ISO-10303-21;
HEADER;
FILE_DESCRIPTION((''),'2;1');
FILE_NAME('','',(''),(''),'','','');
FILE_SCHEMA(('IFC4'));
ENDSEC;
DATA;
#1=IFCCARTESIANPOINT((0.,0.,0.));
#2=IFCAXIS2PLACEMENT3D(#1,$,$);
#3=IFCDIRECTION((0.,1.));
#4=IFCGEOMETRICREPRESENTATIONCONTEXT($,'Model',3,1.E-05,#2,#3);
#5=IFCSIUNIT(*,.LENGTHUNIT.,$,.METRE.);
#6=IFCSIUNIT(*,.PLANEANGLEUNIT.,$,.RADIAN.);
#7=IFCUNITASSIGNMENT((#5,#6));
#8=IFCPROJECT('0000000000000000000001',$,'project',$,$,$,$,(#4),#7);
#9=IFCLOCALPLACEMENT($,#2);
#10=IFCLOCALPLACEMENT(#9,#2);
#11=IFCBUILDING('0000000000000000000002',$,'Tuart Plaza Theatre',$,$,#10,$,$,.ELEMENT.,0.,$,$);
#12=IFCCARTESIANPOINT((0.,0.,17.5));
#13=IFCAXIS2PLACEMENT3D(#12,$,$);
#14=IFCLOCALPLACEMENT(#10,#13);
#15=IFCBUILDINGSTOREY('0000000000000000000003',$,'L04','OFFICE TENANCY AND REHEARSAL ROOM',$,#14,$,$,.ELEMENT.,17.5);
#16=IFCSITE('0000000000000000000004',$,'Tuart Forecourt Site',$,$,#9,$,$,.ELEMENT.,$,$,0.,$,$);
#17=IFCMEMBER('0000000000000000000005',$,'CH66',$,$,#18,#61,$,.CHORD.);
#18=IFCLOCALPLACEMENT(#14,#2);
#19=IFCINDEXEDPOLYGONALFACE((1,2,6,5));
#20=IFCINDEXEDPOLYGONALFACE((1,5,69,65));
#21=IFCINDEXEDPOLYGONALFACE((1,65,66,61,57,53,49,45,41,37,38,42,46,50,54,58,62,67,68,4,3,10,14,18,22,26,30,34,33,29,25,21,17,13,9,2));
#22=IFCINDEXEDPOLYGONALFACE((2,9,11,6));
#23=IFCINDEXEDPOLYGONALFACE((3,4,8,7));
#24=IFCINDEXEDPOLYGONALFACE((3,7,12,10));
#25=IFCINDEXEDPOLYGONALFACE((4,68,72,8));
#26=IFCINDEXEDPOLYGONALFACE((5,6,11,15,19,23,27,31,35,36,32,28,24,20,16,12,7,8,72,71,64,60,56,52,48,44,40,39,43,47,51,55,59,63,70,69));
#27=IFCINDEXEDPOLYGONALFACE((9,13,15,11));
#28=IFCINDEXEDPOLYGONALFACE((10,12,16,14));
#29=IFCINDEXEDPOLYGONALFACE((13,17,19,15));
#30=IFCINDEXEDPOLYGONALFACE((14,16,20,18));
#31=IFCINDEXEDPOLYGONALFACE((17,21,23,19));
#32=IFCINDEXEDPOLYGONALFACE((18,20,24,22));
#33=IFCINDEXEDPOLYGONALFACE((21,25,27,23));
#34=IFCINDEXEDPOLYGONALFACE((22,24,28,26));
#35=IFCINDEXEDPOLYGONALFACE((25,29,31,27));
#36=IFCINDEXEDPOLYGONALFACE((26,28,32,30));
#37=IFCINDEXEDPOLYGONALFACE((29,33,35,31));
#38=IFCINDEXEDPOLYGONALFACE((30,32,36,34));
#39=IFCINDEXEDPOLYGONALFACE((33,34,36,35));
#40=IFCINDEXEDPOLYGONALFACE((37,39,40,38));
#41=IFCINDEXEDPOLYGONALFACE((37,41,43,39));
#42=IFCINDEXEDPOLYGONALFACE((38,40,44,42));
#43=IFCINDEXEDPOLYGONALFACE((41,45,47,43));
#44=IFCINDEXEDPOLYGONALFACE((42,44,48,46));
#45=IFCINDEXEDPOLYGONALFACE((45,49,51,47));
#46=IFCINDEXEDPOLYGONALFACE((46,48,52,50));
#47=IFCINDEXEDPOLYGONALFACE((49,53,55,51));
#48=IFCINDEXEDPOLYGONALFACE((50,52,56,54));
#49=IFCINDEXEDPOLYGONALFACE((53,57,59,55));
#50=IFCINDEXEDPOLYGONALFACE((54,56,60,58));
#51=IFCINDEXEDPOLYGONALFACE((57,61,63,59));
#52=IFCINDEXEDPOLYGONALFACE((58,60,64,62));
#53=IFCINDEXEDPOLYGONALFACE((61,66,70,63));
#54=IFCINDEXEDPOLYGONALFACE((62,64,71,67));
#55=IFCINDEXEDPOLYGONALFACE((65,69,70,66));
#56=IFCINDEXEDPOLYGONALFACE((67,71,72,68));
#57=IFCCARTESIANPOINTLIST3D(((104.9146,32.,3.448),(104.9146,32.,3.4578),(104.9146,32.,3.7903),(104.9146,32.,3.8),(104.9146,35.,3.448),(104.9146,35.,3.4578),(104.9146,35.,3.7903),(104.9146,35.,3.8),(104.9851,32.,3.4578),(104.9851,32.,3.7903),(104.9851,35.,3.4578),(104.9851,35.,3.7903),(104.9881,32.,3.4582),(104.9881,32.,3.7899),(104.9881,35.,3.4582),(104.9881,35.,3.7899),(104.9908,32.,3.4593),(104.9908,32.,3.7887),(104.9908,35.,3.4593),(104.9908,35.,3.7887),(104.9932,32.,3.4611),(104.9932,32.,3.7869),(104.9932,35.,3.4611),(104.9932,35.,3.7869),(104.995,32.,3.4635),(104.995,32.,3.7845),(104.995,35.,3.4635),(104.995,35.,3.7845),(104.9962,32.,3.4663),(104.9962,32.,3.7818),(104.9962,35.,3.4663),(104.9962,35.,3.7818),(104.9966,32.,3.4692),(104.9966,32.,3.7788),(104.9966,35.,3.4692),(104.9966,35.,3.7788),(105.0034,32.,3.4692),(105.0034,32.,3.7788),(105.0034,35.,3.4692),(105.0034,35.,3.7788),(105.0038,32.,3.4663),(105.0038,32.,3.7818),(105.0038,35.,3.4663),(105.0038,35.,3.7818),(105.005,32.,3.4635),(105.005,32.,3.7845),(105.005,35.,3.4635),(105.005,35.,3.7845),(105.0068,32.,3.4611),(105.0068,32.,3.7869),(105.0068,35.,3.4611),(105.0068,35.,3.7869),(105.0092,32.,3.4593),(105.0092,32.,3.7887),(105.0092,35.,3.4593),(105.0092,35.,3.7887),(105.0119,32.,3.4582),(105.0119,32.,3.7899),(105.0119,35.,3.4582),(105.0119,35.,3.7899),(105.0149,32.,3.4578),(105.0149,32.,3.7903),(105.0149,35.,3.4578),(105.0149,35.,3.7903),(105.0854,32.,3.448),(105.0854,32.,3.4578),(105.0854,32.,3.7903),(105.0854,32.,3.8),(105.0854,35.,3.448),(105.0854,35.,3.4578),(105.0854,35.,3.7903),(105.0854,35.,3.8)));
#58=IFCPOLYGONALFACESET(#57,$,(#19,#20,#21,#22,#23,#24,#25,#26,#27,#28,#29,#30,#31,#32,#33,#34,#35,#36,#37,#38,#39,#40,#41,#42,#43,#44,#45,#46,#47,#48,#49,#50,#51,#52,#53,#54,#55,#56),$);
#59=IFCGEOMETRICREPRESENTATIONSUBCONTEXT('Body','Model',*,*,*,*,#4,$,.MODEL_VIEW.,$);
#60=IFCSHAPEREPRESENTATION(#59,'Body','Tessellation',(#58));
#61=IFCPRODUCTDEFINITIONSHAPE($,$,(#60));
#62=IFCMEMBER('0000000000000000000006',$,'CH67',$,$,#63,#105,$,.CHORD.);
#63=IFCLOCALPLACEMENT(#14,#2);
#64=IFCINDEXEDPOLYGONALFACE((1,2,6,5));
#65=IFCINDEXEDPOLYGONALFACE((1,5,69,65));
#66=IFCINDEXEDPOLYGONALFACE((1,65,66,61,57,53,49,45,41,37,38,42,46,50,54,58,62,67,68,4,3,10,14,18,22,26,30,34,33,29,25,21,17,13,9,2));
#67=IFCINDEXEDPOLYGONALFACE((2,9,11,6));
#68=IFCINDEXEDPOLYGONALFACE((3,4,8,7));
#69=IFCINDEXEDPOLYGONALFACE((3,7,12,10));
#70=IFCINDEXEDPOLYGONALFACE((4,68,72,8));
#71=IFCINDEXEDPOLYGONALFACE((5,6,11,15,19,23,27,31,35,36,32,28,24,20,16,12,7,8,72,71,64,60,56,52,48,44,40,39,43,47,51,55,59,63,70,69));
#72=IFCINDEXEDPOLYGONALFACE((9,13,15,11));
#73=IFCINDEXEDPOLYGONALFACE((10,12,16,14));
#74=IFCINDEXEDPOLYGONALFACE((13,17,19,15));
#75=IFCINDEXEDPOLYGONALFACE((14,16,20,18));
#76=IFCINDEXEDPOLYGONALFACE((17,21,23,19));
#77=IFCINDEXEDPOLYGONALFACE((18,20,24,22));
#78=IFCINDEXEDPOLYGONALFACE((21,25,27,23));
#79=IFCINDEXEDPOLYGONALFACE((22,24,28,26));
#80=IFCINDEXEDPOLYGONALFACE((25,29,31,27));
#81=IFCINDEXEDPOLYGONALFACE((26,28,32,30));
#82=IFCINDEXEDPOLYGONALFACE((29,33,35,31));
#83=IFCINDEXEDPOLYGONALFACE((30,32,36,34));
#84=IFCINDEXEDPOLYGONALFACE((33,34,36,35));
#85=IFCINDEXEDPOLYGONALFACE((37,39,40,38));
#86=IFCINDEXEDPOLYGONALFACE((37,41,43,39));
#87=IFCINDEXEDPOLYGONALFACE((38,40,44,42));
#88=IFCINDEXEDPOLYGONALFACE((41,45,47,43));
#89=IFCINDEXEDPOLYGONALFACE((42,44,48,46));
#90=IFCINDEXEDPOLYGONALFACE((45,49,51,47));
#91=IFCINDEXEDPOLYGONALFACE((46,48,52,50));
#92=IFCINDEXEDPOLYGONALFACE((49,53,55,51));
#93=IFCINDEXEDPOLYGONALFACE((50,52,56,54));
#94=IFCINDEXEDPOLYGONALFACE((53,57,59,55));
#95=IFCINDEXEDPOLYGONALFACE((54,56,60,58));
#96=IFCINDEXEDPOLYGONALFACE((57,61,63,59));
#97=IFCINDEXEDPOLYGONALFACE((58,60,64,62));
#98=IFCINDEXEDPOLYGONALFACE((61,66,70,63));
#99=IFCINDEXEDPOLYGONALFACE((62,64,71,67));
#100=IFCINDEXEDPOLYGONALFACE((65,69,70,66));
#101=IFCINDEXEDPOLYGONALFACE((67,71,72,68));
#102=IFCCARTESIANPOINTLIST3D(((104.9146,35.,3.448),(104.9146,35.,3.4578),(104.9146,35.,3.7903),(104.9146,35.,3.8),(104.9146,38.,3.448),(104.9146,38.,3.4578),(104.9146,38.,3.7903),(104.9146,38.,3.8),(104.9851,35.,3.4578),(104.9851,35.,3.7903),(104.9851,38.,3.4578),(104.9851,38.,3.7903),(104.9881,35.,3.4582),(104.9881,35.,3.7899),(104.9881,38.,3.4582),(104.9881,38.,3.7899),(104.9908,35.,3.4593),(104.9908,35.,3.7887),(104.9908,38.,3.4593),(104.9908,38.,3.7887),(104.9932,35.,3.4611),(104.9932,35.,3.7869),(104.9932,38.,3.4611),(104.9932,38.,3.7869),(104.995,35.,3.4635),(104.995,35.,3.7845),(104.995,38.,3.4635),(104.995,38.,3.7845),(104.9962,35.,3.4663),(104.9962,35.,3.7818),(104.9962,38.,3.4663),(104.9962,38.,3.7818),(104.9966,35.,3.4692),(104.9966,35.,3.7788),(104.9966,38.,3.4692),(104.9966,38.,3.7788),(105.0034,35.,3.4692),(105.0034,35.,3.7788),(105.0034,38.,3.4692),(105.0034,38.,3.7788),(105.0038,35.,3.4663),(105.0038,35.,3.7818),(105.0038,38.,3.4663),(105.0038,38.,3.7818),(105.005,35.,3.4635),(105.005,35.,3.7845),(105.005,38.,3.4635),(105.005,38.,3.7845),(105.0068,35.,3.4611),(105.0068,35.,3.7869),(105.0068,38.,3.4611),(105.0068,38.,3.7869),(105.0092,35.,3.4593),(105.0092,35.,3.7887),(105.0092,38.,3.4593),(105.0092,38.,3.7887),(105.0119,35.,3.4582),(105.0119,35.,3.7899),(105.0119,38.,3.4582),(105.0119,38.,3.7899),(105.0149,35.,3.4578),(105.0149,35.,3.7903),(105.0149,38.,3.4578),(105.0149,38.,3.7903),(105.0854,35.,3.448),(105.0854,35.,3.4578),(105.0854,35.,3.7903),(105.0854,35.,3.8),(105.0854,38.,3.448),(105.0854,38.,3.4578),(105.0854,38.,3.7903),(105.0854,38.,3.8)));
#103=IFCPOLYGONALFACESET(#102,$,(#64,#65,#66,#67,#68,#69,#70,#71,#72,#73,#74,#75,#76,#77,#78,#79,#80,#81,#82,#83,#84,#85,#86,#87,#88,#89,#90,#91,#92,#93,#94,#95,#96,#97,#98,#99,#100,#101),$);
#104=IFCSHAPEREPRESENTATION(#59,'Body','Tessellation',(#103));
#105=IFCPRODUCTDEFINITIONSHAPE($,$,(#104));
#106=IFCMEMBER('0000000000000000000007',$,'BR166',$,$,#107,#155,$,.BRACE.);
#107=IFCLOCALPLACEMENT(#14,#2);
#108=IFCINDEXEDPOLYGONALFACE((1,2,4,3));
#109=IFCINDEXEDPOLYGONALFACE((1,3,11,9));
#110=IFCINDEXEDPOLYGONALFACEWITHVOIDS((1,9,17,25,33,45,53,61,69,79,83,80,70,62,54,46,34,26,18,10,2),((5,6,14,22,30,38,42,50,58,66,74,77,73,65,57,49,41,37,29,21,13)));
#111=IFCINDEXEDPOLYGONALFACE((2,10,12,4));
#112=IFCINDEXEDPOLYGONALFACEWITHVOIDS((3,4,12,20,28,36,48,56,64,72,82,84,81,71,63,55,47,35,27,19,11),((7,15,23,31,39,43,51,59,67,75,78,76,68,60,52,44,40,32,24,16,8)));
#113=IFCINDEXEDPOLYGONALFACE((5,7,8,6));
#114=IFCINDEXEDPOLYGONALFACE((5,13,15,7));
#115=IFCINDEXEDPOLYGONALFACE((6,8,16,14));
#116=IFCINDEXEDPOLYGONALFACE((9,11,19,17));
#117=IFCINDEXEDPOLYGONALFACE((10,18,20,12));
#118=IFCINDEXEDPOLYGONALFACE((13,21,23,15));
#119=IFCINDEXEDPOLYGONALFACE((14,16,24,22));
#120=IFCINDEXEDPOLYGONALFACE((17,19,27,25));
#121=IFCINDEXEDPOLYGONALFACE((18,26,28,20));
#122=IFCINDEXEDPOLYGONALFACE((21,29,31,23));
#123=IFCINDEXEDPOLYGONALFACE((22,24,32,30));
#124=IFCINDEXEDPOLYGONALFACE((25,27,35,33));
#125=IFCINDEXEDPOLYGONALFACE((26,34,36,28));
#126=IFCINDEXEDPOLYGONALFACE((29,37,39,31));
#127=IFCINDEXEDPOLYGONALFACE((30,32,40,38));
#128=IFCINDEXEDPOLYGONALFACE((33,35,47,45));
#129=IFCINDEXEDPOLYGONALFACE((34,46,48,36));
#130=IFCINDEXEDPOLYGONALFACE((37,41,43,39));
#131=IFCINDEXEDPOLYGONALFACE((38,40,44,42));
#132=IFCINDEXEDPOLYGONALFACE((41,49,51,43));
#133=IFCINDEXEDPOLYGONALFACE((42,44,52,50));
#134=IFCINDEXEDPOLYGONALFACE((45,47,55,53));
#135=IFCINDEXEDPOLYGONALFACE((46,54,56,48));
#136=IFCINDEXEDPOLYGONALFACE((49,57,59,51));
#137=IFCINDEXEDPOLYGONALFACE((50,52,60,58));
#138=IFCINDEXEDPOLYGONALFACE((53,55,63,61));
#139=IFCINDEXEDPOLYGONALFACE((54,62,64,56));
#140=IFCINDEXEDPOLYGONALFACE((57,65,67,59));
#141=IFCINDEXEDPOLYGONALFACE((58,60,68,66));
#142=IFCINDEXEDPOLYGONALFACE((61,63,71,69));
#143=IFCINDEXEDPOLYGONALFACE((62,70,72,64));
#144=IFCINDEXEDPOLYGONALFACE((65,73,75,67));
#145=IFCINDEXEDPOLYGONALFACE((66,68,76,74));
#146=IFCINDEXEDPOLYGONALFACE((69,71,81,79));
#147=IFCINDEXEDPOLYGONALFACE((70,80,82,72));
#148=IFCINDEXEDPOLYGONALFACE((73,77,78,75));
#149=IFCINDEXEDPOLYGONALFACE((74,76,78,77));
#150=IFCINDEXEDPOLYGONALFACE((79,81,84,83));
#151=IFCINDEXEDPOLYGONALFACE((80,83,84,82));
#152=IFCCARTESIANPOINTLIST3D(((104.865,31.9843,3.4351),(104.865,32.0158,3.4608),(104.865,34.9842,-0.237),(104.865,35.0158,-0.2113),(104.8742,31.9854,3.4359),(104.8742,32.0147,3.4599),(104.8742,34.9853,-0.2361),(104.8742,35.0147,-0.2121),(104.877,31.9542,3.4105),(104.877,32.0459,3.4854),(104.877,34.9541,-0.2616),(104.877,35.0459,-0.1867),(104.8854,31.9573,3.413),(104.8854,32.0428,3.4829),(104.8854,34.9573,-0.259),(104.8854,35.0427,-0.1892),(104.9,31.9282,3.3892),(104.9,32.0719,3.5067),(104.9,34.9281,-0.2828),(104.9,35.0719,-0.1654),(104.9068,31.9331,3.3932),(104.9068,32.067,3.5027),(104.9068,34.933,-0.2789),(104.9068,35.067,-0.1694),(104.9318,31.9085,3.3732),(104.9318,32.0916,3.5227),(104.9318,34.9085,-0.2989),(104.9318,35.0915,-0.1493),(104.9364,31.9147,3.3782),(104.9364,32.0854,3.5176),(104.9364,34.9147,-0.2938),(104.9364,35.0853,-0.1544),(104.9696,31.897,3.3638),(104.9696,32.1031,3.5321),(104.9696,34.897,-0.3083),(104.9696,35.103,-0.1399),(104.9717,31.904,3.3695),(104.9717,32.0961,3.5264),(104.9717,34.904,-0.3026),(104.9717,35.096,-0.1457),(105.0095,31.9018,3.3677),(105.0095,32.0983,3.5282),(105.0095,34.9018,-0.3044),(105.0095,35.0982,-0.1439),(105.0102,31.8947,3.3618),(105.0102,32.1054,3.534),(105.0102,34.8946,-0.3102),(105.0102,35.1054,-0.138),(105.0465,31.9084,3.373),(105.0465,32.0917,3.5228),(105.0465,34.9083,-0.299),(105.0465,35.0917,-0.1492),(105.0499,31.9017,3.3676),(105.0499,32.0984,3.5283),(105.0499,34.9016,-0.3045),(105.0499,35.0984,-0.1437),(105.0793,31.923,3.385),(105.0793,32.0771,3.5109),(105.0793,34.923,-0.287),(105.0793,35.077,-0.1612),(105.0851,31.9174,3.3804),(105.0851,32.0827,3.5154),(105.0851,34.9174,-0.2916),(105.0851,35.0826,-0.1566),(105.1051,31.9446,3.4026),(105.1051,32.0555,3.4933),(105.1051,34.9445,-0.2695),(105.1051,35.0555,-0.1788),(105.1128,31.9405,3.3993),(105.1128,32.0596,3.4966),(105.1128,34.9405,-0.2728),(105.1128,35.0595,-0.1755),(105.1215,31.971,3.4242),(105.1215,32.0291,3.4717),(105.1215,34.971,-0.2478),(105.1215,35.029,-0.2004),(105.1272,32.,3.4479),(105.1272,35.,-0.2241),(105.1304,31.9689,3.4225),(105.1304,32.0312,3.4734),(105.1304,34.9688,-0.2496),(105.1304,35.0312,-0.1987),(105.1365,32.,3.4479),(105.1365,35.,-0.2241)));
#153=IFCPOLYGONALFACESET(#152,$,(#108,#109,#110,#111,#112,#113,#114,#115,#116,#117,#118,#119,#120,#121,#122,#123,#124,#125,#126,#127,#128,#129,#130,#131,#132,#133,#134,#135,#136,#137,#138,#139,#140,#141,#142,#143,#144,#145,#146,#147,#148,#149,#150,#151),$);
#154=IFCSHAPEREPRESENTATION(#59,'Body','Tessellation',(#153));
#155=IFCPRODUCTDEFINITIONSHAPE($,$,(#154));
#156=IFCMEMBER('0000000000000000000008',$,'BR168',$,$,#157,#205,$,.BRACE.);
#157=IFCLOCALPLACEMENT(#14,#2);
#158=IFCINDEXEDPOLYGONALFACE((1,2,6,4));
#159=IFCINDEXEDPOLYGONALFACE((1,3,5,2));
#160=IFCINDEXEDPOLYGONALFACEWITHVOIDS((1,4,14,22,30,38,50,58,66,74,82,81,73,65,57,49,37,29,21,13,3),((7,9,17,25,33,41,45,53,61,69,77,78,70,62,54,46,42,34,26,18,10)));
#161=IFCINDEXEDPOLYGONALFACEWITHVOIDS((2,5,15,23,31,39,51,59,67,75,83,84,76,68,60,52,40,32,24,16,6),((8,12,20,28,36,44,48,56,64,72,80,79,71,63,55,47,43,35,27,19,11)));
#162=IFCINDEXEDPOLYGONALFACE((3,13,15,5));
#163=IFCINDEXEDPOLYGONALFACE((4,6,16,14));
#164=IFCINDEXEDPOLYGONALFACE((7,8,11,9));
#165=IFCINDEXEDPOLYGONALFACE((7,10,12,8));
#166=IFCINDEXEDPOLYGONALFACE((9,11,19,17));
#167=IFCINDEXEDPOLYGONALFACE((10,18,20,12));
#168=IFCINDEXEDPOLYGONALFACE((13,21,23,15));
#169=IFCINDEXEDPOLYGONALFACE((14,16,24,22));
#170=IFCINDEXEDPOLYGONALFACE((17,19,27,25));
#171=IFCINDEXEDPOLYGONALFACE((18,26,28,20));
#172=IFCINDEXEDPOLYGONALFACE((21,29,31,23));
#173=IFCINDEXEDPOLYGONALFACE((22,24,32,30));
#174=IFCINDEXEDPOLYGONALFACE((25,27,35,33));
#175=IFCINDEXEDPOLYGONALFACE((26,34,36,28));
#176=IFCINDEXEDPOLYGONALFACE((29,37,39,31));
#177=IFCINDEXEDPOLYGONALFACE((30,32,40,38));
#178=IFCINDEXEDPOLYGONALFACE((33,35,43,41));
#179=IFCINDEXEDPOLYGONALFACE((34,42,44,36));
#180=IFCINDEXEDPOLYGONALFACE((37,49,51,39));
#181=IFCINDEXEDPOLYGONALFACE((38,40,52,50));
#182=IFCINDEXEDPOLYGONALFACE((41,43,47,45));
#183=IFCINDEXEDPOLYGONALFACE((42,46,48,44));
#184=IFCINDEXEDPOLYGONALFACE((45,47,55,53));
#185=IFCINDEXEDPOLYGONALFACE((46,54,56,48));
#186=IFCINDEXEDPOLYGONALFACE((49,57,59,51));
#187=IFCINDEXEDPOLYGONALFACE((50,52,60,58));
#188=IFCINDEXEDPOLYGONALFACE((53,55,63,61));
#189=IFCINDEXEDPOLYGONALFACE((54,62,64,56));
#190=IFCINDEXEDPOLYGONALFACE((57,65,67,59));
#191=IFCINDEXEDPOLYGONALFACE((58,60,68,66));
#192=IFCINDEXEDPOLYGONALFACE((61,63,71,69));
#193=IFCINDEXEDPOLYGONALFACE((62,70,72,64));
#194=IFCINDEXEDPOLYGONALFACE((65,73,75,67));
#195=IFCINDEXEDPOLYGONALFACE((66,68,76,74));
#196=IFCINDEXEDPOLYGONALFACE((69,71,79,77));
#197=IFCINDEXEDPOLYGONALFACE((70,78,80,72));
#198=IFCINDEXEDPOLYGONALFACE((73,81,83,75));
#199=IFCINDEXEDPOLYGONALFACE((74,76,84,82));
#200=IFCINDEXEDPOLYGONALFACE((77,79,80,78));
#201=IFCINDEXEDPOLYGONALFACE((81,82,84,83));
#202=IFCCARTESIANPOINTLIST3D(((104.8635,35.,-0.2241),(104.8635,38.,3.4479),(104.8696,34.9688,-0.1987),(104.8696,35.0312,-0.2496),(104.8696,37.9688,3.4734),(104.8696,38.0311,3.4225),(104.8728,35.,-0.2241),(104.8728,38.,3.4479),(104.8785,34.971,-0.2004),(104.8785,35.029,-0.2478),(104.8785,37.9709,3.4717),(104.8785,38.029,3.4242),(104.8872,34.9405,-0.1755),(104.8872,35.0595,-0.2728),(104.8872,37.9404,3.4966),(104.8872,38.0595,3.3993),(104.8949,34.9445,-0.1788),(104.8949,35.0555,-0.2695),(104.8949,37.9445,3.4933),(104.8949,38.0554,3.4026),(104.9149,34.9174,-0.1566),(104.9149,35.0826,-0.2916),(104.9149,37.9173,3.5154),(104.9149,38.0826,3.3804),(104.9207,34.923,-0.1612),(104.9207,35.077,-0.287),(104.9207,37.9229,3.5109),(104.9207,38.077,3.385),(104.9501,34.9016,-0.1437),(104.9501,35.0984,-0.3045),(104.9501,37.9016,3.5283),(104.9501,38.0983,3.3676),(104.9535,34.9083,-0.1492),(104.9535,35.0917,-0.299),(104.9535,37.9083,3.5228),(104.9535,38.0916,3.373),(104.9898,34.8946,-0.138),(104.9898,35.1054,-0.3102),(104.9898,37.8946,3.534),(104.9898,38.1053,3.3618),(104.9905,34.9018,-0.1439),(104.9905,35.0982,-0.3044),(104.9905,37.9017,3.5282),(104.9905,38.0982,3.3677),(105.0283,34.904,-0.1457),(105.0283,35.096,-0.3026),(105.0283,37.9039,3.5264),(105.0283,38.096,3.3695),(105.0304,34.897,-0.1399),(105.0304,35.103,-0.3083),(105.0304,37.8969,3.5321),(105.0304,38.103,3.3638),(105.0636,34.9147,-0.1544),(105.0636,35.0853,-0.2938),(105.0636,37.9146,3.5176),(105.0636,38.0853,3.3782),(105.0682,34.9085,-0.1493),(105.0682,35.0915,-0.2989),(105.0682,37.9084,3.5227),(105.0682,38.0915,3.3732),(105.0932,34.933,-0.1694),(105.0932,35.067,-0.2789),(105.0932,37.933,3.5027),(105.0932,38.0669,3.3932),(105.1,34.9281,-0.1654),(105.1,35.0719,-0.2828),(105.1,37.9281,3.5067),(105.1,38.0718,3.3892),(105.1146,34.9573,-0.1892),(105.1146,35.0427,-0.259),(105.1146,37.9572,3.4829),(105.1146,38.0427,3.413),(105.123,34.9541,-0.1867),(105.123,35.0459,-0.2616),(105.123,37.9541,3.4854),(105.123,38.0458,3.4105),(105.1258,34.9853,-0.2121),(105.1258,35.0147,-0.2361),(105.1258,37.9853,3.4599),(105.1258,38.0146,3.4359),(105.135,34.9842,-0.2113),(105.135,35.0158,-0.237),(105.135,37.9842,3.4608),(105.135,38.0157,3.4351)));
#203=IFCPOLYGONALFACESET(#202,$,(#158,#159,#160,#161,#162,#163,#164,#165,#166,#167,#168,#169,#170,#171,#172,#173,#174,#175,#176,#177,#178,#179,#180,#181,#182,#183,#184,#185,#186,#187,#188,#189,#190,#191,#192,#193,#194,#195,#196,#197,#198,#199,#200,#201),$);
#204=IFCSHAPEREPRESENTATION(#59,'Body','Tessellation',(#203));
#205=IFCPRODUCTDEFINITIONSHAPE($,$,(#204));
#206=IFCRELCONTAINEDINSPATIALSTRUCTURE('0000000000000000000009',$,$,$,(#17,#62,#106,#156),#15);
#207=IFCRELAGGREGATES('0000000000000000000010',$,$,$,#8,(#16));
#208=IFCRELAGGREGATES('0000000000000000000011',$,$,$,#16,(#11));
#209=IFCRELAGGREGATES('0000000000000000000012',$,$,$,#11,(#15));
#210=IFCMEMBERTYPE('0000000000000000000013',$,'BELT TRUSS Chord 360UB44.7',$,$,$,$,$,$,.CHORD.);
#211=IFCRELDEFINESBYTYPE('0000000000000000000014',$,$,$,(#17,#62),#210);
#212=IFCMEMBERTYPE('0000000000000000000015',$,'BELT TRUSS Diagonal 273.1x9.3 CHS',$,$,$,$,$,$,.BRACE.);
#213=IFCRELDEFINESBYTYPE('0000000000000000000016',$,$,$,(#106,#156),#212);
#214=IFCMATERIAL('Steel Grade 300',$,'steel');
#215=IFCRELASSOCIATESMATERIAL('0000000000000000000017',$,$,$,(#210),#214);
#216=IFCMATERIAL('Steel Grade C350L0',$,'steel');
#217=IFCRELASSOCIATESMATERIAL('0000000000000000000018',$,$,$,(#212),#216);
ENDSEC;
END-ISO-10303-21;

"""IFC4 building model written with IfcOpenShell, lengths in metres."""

from ifc_helpers import new_model, si_unit, direction, frame, origin, origin_2d, place, context, subcontext, project, spatial, hollow_circle, i_section, extrude, material, material_profile, profile_set, type_object, element, save


model = new_model("IFC4")

# Units and contexts
model_context = context("Model", 3, precision=1e-05, world=origin(), true_north=direction((0.0, 1.0)))
body_context = subcontext(model_context, "Body", "Model", "MODEL_VIEW")
ifc_project = project(units=[si_unit("LENGTHUNIT", "METRE"), si_unit("PLANEANGLEUNIT", "RADIAN")], contexts=[model_context])

# Site, building, storey
site_placement = place(None, origin())
site = spatial("IfcSite", under=ifc_project, at=site_placement, Name="Tuart Forecourt Site", CompositionType="ELEMENT", RefElevation=0.0)
building_placement = place(site_placement, origin())
building = spatial("IfcBuilding", under=site, at=building_placement, Name="Tuart Plaza Theatre", CompositionType="ELEMENT", ElevationOfRefHeight=0.0)
storey_placement = place(building_placement, frame((0.0, 0.0, 17.5)))
storey = spatial("IfcBuildingStorey", under=building, at=storey_placement, Name="L04", Description="OFFICE TENANCY AND REHEARSAL ROOM", CompositionType="ELEMENT", Elevation=17.5)

# Members
ifc_material_1 = material(Name="Steel Grade 300", Category="steel")
ifc_material_profile_1 = material_profile(ifc_material_1, i_section(OverallWidth=0.1709, OverallDepth=0.3521, WebThickness=0.0068, FlangeThickness=0.0098, FilletRadius=0.0115, at=origin_2d()), Name="360UB44.7")
ifc_profile_set_1 = profile_set([ifc_material_profile_1], Name="Steel Grade 300")
member_type_1 = type_object("IfcMemberType", Name="BELT TRUSS Chord 360UB44.7", PredefinedType="CHORD", material=ifc_profile_set_1)
for number, where, z_axis, x_axis, name in (
    (1, (105.0, 32.0, 3.624), (0.0, 1.0, 0.0), (-1.0, 0.0, 0.0), "CH66"),
    (2, (105.0, 35.0, 3.624), (0.0, 1.0, 0.0), (-1.0, 0.0, 0.0), "CH67"),
):
    element("IfcMember", number, at=place(storey_placement, frame(where, z_axis=z_axis, x_axis=x_axis)), inside=storey, type_object=member_type_1, Name=name, PredefinedType="CHORD", context=body_context, shape_type="SweptSolid", body=[
        extrude(i_section(OverallWidth=0.1709, OverallDepth=0.3521, WebThickness=0.0068, FlangeThickness=0.0098, FilletRadius=0.0115, at=origin_2d()), origin(), (0.0, 0.0, 1.0), 3.0),
    ])
ifc_material_2 = material(Name="Steel Grade C350L0", Category="steel")
ifc_material_profile_2 = material_profile(ifc_material_2, hollow_circle(Radius=0.1365, WallThickness=0.0093, at=origin_2d()), Name="273.1x9.3 CHS")
ifc_profile_set_2 = profile_set([ifc_material_profile_2], Name="Steel Grade C350L0")
member_type_2 = type_object("IfcMemberType", Name="BELT TRUSS Diagonal 273.1x9.3 CHS", PredefinedType="BRACE", material=ifc_profile_set_2)
for number, where, z_axis, x_axis, name in (
    (3, (105.0, 35.0, -0.2241), (0.0, -0.632674, 0.774418), (1.0, 0.0, 0.0), "BR166"),
    (4, (105.0, 35.0, -0.2241), (0.0, 0.632674, 0.774418), (-1.0, 0.0, 0.0), "BR168"),
):
    element("IfcMember", number, at=place(storey_placement, frame(where, z_axis=z_axis, x_axis=x_axis)), inside=storey, type_object=member_type_2, Name=name, PredefinedType="BRACE", context=body_context, shape_type="SweptSolid", body=[
        extrude(hollow_circle(Radius=0.1365, WallThickness=0.0093, at=origin_2d()), origin(), (0.0, 0.0, 1.0), 4.7417),
    ])

save(model, "model.ifc")
